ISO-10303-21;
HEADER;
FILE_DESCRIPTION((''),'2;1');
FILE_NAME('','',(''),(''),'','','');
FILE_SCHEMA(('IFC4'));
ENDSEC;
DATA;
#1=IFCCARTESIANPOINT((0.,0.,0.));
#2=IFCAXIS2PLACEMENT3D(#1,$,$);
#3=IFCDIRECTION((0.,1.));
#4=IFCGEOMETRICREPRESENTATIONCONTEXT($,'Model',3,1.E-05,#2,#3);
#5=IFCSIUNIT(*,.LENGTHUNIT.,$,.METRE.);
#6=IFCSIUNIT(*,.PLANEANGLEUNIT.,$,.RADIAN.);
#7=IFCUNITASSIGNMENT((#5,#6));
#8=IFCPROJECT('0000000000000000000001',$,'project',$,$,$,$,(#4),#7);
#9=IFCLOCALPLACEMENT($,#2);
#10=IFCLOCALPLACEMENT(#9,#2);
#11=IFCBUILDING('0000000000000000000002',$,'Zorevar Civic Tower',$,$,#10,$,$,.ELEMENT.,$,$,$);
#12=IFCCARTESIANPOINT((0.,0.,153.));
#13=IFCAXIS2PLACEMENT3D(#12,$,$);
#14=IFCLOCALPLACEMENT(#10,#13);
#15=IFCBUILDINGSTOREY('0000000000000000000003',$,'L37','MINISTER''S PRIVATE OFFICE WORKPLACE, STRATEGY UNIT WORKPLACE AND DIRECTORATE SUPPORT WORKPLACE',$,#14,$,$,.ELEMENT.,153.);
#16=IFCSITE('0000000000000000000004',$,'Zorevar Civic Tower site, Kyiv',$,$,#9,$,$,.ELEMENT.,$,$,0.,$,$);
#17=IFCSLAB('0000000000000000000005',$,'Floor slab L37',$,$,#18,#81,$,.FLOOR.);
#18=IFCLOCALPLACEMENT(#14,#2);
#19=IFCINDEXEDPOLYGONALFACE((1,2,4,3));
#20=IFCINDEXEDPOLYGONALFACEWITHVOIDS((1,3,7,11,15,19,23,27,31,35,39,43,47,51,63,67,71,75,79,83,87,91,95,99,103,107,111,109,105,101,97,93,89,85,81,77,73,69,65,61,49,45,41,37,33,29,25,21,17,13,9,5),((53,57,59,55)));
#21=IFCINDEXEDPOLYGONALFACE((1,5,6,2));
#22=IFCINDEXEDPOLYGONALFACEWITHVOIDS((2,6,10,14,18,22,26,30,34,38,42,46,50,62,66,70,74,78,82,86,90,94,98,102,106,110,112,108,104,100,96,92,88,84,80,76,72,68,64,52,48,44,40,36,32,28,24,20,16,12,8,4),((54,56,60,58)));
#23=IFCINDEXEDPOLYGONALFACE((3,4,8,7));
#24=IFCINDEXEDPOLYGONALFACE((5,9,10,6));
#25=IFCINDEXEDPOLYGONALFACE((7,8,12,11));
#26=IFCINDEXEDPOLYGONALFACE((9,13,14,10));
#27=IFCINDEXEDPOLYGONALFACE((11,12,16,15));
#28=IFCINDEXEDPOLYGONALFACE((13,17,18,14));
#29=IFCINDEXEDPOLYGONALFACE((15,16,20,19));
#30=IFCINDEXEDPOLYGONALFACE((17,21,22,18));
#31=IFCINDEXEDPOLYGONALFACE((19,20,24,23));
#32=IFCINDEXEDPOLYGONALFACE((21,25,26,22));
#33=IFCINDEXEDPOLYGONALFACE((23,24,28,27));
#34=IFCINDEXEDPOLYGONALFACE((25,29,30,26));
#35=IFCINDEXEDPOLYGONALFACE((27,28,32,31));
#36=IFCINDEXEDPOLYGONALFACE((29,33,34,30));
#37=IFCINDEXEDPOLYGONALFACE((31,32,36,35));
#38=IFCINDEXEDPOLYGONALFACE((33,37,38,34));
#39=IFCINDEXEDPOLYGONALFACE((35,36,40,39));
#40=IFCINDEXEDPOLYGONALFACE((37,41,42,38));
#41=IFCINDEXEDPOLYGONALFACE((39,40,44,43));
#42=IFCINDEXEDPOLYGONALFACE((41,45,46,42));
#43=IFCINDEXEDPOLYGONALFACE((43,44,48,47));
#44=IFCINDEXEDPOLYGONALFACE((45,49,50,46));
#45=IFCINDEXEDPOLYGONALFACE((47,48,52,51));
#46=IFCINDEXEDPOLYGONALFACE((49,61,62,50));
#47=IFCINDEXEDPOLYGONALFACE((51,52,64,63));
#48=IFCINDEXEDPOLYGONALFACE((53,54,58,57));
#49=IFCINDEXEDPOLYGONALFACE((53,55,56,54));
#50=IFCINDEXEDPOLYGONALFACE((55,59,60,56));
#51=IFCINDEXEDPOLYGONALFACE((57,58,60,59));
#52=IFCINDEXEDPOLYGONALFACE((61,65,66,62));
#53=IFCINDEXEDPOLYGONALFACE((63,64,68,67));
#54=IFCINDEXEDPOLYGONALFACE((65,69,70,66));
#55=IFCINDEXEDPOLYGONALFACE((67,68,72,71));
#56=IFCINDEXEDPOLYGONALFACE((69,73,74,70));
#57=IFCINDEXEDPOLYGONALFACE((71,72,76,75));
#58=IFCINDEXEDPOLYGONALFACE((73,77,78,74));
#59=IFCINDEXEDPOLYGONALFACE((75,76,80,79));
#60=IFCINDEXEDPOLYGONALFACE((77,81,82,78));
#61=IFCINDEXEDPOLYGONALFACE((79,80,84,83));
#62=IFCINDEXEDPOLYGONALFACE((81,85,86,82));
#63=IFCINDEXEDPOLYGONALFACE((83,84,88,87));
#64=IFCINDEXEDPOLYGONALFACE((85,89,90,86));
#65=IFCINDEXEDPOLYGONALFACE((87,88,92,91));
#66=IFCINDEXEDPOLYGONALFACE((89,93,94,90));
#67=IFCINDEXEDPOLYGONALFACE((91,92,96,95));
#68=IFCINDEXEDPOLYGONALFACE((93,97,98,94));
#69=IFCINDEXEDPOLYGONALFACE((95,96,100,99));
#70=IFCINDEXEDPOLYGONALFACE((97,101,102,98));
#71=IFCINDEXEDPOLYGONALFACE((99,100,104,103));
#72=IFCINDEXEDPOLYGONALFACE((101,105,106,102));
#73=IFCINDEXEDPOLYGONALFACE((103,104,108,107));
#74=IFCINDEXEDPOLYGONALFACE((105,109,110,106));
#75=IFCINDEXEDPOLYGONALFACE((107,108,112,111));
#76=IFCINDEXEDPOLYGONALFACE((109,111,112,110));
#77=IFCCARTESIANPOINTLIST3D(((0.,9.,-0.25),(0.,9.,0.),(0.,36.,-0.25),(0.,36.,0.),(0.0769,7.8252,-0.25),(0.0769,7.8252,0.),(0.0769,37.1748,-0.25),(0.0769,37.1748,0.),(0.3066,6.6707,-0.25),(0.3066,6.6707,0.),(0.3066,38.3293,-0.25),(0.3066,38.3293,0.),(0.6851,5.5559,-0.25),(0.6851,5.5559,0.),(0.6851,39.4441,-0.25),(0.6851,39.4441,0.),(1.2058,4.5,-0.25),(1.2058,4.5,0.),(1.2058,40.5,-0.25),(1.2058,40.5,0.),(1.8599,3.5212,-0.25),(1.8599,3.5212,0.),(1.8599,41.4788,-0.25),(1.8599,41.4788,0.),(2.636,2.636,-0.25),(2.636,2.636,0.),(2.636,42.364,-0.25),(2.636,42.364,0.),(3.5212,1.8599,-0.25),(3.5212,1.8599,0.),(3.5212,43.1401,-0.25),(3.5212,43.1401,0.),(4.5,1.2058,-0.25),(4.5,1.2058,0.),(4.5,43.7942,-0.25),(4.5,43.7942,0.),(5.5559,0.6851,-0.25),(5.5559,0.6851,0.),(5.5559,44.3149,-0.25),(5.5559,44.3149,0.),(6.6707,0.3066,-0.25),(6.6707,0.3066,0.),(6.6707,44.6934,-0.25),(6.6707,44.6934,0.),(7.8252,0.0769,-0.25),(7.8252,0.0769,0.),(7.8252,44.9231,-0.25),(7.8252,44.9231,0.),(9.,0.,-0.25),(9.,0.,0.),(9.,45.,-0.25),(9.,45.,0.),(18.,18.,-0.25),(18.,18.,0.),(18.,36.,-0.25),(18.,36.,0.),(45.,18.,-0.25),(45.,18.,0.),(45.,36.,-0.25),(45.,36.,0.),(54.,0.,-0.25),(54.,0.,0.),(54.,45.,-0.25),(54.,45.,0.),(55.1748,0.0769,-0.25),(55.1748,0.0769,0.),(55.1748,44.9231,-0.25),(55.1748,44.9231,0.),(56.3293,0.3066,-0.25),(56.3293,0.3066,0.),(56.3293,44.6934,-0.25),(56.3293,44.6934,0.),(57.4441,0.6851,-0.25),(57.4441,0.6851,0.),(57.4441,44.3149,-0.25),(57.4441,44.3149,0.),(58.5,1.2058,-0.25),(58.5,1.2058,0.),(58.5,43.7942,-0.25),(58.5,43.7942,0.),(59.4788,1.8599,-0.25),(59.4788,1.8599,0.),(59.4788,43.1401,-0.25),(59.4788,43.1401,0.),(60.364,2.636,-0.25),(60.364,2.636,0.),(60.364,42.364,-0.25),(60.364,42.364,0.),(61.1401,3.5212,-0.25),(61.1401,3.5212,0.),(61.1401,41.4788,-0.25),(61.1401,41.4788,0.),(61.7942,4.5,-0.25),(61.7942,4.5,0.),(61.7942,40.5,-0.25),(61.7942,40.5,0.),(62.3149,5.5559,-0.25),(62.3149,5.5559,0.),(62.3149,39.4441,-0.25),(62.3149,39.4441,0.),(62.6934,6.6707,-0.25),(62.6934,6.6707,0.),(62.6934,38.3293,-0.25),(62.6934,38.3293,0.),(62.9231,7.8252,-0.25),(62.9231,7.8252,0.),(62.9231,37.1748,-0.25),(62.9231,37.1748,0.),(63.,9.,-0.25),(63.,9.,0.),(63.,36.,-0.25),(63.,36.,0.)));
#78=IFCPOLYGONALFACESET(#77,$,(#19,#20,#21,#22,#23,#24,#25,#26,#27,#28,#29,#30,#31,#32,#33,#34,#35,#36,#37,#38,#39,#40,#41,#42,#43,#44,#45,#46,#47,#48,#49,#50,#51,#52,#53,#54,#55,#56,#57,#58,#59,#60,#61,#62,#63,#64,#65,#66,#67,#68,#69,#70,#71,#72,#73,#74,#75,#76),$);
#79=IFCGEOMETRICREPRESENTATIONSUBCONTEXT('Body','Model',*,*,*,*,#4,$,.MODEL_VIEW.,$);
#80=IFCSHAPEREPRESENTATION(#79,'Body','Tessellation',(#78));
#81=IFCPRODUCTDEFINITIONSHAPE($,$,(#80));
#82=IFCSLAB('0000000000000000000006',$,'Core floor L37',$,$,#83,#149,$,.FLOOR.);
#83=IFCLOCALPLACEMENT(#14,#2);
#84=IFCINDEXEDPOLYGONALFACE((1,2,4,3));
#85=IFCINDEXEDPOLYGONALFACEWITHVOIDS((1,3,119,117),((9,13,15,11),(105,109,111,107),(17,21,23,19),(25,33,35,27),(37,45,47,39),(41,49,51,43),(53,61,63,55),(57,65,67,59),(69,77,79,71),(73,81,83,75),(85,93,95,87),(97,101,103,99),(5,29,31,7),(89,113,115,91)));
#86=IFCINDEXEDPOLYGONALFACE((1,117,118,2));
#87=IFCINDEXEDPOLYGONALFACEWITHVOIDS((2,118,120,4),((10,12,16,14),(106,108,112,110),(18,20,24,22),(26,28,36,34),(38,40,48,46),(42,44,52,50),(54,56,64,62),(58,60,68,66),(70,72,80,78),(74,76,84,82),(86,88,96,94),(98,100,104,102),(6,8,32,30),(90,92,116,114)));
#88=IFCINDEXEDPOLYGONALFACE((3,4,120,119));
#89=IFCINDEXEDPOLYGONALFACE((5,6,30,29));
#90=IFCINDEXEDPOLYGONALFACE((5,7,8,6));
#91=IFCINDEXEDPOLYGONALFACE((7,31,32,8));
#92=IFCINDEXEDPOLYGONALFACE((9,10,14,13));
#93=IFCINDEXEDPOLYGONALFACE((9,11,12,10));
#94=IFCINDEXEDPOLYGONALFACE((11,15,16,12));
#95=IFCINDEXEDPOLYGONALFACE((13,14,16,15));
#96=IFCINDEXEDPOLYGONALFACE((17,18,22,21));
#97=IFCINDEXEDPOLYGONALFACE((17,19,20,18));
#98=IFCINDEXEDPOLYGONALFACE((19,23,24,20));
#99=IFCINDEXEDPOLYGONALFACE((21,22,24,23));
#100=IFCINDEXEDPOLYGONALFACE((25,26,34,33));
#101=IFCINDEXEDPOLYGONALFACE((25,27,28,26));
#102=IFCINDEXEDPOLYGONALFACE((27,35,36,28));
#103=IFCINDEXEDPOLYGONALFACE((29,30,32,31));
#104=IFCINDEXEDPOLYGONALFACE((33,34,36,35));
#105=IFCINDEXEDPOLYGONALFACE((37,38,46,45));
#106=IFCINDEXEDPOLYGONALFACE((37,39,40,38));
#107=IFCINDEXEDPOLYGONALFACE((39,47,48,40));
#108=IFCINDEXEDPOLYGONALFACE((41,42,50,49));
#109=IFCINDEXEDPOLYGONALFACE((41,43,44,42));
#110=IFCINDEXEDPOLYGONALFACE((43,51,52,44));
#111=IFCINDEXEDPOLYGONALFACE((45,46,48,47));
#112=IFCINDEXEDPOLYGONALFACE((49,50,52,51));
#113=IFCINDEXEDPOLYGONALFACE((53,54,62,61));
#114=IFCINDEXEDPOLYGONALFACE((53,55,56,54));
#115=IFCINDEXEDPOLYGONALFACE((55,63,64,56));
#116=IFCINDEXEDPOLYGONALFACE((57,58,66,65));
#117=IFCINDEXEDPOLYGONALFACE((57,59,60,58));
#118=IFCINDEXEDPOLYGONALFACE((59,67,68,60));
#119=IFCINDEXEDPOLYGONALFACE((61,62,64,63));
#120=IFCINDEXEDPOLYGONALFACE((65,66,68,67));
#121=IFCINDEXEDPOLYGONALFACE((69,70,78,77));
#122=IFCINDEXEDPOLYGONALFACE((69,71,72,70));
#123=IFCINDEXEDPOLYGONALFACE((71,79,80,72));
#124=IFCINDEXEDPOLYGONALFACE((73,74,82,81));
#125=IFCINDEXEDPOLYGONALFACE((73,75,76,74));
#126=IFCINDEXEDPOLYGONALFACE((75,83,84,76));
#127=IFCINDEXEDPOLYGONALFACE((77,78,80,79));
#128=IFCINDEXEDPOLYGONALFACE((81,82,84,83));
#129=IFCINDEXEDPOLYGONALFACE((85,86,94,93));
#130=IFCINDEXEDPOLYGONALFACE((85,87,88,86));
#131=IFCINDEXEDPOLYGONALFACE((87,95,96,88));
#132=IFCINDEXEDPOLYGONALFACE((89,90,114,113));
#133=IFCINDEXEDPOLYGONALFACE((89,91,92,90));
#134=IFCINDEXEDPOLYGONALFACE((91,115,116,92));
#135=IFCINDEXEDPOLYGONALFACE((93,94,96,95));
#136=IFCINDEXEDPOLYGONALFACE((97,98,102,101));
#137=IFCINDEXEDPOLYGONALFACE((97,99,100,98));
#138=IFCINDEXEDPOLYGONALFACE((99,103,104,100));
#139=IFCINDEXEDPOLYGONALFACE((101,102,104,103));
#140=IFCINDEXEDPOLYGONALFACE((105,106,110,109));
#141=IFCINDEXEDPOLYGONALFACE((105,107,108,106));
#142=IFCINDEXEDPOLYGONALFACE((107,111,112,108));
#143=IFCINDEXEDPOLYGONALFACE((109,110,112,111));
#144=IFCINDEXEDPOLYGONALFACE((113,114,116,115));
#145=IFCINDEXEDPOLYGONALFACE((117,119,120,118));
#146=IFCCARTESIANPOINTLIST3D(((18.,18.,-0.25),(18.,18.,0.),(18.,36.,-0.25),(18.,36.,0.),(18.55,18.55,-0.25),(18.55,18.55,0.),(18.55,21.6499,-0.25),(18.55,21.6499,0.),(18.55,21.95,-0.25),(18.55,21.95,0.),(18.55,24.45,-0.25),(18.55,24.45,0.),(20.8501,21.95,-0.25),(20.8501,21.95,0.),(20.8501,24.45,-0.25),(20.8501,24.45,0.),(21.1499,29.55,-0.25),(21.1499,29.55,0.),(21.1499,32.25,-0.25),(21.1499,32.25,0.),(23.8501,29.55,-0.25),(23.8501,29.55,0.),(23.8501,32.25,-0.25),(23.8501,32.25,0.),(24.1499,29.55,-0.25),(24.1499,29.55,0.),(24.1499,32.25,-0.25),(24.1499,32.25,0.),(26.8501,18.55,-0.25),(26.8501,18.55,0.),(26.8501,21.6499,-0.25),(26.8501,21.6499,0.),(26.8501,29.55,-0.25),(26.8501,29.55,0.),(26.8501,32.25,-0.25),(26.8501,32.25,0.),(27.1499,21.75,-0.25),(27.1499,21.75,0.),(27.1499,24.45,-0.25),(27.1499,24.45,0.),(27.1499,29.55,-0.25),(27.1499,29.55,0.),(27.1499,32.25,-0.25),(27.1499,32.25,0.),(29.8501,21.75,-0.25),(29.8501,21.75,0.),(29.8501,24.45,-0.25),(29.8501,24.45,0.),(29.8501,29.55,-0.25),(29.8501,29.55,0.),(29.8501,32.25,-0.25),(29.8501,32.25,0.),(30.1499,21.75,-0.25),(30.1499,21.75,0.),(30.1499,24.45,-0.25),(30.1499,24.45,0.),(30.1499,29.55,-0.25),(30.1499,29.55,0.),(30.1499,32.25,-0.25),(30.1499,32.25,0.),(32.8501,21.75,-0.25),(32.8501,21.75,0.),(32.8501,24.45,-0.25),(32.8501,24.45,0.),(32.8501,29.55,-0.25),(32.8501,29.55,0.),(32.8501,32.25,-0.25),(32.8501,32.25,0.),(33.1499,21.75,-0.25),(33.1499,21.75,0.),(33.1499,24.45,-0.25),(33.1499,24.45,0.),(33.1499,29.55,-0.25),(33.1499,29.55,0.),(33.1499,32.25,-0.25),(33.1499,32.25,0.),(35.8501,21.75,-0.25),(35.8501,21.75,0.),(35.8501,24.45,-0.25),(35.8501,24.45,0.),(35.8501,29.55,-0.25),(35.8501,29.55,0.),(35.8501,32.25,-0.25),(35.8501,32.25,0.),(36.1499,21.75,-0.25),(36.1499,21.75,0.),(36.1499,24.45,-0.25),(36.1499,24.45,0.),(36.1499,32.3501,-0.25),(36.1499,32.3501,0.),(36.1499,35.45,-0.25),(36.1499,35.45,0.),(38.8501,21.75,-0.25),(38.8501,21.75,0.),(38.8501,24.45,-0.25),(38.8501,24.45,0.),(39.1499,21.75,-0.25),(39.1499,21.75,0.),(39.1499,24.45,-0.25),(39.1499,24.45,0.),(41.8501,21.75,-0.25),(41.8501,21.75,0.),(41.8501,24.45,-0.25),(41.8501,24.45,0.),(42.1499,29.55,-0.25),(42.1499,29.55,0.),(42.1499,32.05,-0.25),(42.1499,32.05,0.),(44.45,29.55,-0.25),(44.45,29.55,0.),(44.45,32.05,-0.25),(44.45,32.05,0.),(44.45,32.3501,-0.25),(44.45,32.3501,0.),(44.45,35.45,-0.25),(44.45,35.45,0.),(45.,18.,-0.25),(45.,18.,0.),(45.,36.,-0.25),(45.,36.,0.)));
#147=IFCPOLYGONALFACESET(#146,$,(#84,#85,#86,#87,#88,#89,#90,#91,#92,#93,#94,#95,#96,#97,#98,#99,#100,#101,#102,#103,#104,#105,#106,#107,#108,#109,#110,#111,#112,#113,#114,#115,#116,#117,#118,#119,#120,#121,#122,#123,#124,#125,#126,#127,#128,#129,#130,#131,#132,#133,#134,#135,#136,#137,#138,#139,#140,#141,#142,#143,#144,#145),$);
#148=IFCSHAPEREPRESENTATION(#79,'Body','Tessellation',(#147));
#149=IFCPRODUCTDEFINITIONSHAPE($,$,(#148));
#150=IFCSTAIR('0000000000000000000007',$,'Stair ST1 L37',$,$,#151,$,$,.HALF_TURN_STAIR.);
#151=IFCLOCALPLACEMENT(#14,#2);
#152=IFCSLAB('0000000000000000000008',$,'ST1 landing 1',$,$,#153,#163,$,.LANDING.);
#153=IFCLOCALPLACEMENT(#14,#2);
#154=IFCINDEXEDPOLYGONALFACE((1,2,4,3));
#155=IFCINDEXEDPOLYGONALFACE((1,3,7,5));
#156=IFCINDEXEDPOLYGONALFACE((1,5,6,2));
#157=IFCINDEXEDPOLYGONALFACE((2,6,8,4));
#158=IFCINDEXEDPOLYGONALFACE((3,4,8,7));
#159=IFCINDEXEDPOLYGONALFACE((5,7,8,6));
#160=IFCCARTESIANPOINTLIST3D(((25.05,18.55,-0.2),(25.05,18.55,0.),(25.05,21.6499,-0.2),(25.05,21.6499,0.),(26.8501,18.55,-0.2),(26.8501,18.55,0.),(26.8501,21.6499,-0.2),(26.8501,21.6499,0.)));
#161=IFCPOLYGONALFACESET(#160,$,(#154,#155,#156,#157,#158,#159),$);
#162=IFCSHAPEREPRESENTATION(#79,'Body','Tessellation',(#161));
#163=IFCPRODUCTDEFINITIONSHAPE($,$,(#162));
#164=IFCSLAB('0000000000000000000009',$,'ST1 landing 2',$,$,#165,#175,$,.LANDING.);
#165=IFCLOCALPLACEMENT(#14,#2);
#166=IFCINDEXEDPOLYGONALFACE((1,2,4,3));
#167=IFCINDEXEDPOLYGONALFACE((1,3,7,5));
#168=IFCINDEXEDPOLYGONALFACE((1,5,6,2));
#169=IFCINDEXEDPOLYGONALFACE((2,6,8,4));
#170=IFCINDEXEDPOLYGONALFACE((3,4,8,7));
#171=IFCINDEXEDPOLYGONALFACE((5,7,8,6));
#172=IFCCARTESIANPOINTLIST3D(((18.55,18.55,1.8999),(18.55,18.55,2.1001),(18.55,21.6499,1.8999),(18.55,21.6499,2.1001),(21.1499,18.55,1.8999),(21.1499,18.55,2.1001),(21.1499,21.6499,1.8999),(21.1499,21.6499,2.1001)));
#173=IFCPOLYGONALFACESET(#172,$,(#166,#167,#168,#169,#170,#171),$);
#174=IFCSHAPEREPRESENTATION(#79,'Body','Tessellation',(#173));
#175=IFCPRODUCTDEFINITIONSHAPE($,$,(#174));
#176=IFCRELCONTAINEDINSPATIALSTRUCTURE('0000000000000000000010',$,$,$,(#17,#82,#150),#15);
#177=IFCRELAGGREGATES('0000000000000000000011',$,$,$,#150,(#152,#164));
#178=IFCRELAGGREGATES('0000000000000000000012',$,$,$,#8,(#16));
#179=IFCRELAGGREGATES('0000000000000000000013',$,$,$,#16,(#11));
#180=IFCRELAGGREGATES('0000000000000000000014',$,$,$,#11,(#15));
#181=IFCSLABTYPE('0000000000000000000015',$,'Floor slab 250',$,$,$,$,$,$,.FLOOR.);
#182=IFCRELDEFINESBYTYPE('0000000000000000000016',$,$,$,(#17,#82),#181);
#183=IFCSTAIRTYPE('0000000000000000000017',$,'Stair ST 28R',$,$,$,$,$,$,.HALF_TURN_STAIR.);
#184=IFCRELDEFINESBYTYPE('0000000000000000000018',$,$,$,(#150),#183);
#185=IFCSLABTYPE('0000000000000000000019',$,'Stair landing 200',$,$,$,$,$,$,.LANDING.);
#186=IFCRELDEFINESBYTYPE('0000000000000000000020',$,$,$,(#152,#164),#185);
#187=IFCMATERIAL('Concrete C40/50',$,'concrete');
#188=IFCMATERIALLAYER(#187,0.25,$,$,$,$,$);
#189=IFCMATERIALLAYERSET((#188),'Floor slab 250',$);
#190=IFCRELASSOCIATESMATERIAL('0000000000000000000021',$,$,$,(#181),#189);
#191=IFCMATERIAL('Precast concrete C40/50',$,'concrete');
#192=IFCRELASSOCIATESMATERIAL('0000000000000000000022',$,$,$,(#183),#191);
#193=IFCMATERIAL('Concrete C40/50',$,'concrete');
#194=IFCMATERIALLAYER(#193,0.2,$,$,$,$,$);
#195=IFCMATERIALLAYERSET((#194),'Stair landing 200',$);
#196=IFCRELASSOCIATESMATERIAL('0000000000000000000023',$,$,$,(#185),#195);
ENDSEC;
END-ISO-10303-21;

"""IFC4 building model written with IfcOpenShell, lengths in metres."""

from ifc_helpers import new_model, si_unit, direction, frame, origin, place, context, subcontext, project, spatial, polyline, outline, extrude, material, layer, layer_set, type_object, element, aggregate, save


model = new_model("IFC4")

# Units and contexts
model_context = context("Model", 3, precision=1e-05, world=origin(), true_north=direction((0.0, 1.0)))
body_context = subcontext(model_context, "Body", "Model", "MODEL_VIEW")
ifc_project = project(units=[si_unit("LENGTHUNIT", "METRE"), si_unit("PLANEANGLEUNIT", "RADIAN")], contexts=[model_context])

# Site, building, storey
site_placement = place(None, origin())
site = spatial("IfcSite", under=ifc_project, at=site_placement, Name="Zorevar Civic Tower site, Kyiv", CompositionType="ELEMENT", RefElevation=0.0)
building_placement = place(site_placement, origin())
building = spatial("IfcBuilding", under=site, at=building_placement, Name="Zorevar Civic Tower", CompositionType="ELEMENT")
storey_placement = place(building_placement, frame((0.0, 0.0, 153.0)))
storey = spatial("IfcBuildingStorey", under=building, at=storey_placement, Name="L37", Description="MINISTER'S PRIVATE OFFICE WORKPLACE, STRATEGY UNIT WORKPLACE AND DIRECTORATE SUPPORT WORKPLACE", CompositionType="ELEMENT", Elevation=153.0)

# Slabs
ifc_material_1 = material(Name="Concrete C40/50", Category="concrete")
ifc_layer_1 = layer(ifc_material_1, 0.25)
ifc_layer_set_1 = layer_set([ifc_layer_1], Name="Floor slab 250")
slab_type_1 = type_object("IfcSlabType", Name="Floor slab 250", PredefinedType="FLOOR", material=ifc_layer_set_1)
slab_1_placement = place(storey_placement, frame((0.0, 0.0, -0.25)))
element("IfcSlab", 1, at=slab_1_placement, inside=storey, type_object=slab_type_1, Name="Floor slab L37", PredefinedType="FLOOR", context=body_context, shape_type="SweptSolid", body=[
    extrude(outline(polyline([(54.0, 0.0), (55.1748, 0.0769), (56.3293, 0.3066), (57.4441, 0.6851), (58.5, 1.2058), (59.4788, 1.8599), (60.364, 2.636), (61.1401, 3.5212), (61.7942, 4.5), (62.3149, 5.5559), (62.6934, 6.6707), (62.9231, 7.8252), (63.0, 9.0), (63.0, 36.0), (62.9231, 37.1748), (62.6934, 38.3293), (62.3149, 39.4441), (61.7942, 40.5), (61.1401, 41.4788), (60.364, 42.364), (59.4788, 43.1401), (58.5, 43.7942), (57.4441, 44.3149), (56.3293, 44.6934), (55.1748, 44.9231), (54.0, 45.0), (9.0, 45.0), (7.8252, 44.9231), (6.6707, 44.6934), (5.5559, 44.3149), (4.5, 43.7942), (3.5212, 43.1401), (2.636, 42.364), (1.8599, 41.4788), (1.2058, 40.5), (0.6851, 39.4441), (0.3066, 38.3293), (0.0769, 37.1748), (0.0, 36.0), (0.0, 9.0), (0.0769, 7.8252), (0.3066, 6.6707), (0.6851, 5.5559), (1.2058, 4.5), (1.8599, 3.5212), (2.636, 2.636), (3.5212, 1.8599), (4.5, 1.2058), (5.5559, 0.6851), (6.6707, 0.3066), (7.8252, 0.0769), (9.0, 0.0), (54.0, 0.0)]), holes=[polyline([(18.0, 18.0), (45.0, 18.0), (45.0, 36.0), (18.0, 36.0), (18.0, 18.0)])]), origin(), (0.0, 0.0, 1.0), 0.25),
])
slab_2_placement = place(storey_placement, frame((0.0, 0.0, -0.25)))
element("IfcSlab", 2, at=slab_2_placement, inside=storey, type_object=slab_type_1, Name="Core floor L37", PredefinedType="FLOOR", context=body_context, shape_type="SweptSolid", body=[
    extrude(outline(polyline([(18.0, 18.0), (45.0, 18.0), (45.0, 36.0), (18.0, 36.0), (18.0, 18.0)]), holes=[polyline([(18.55, 18.55), (26.8501, 18.55), (26.8501, 21.6499), (18.55, 21.6499), (18.55, 18.55)]), polyline([(36.1499, 32.3501), (44.45, 32.3501), (44.45, 35.45), (36.1499, 35.45), (36.1499, 32.3501)]), polyline([(18.55, 21.95), (20.8501, 21.95), (20.8501, 24.45), (18.55, 24.45), (18.55, 21.95)]), polyline([(42.1499, 29.55), (44.45, 29.55), (44.45, 32.05), (42.1499, 32.05), (42.1499, 29.55)]), polyline([(27.1499, 21.75), (29.8501, 21.75), (29.8501, 24.45), (27.1499, 24.45), (27.1499, 21.75)]), polyline([(33.1499, 29.55), (35.8501, 29.55), (35.8501, 32.25), (33.1499, 32.25), (33.1499, 29.55)]), polyline([(30.1499, 21.75), (32.8501, 21.75), (32.8501, 24.45), (30.1499, 24.45), (30.1499, 21.75)]), polyline([(30.1499, 29.55), (32.8501, 29.55), (32.8501, 32.25), (30.1499, 32.25), (30.1499, 29.55)]), polyline([(33.1499, 21.75), (35.8501, 21.75), (35.8501, 24.45), (33.1499, 24.45), (33.1499, 21.75)]), polyline([(27.1499, 29.55), (29.8501, 29.55), (29.8501, 32.25), (27.1499, 32.25), (27.1499, 29.55)]), polyline([(36.1499, 21.75), (38.8501, 21.75), (38.8501, 24.45), (36.1499, 24.45), (36.1499, 21.75)]), polyline([(24.1499, 29.55), (26.8501, 29.55), (26.8501, 32.25), (24.1499, 32.25), (24.1499, 29.55)]), polyline([(39.1499, 21.75), (41.8501, 21.75), (41.8501, 24.45), (39.1499, 24.45), (39.1499, 21.75)]), polyline([(21.1499, 29.55), (23.8501, 29.55), (23.8501, 32.25), (21.1499, 32.25), (21.1499, 29.55)])]), origin(), (0.0, 0.0, 1.0), 0.25),
])

# Stair, slabs
ifc_material_2 = material(Name="Precast concrete C40/50", Category="concrete")
stair_type = type_object("IfcStairType", Name="Stair ST 28R", PredefinedType="HALF_TURN_STAIR", material=ifc_material_2)
stair_1_placement = place(storey_placement, origin())
stair_1 = element("IfcStair", 3, at=stair_1_placement, inside=storey, type_object=stair_type, Name="Stair ST1 L37", PredefinedType="HALF_TURN_STAIR")
ifc_material_3 = material(Name="Concrete C40/50", Category="concrete")
ifc_layer_2 = layer(ifc_material_3, 0.2)
ifc_layer_set_2 = layer_set([ifc_layer_2], Name="Stair landing 200")
slab_type_2 = type_object("IfcSlabType", Name="Stair landing 200", PredefinedType="LANDING", material=ifc_layer_set_2)
slab_3_placement = place(storey_placement, frame((0.0, 0.0, -0.2)))
slab_3 = element("IfcSlab", 4, at=slab_3_placement, type_object=slab_type_2, Name="ST1 landing 1", PredefinedType="LANDING", context=body_context, shape_type="SweptSolid", body=[
    extrude(outline(polyline([(25.05, 18.55), (26.8501, 18.55), (26.8501, 21.6499), (25.05, 21.6499), (25.05, 18.55)])), origin(), (0.0, 0.0, 1.0), 0.2),
])
slab_4_placement = place(storey_placement, frame((0.0, 0.0, 1.8999)))
slab_4 = element("IfcSlab", 5, at=slab_4_placement, type_object=slab_type_2, Name="ST1 landing 2", PredefinedType="LANDING", context=body_context, shape_type="SweptSolid", body=[
    extrude(outline(polyline([(18.55, 18.55), (21.1499, 18.55), (21.1499, 21.6499), (18.55, 21.6499), (18.55, 18.55)])), origin(), (0.0, 0.0, 1.0), 0.2002),
])
aggregate(stair_1, [slab_3, slab_4])

save(model, "model.ifc")
